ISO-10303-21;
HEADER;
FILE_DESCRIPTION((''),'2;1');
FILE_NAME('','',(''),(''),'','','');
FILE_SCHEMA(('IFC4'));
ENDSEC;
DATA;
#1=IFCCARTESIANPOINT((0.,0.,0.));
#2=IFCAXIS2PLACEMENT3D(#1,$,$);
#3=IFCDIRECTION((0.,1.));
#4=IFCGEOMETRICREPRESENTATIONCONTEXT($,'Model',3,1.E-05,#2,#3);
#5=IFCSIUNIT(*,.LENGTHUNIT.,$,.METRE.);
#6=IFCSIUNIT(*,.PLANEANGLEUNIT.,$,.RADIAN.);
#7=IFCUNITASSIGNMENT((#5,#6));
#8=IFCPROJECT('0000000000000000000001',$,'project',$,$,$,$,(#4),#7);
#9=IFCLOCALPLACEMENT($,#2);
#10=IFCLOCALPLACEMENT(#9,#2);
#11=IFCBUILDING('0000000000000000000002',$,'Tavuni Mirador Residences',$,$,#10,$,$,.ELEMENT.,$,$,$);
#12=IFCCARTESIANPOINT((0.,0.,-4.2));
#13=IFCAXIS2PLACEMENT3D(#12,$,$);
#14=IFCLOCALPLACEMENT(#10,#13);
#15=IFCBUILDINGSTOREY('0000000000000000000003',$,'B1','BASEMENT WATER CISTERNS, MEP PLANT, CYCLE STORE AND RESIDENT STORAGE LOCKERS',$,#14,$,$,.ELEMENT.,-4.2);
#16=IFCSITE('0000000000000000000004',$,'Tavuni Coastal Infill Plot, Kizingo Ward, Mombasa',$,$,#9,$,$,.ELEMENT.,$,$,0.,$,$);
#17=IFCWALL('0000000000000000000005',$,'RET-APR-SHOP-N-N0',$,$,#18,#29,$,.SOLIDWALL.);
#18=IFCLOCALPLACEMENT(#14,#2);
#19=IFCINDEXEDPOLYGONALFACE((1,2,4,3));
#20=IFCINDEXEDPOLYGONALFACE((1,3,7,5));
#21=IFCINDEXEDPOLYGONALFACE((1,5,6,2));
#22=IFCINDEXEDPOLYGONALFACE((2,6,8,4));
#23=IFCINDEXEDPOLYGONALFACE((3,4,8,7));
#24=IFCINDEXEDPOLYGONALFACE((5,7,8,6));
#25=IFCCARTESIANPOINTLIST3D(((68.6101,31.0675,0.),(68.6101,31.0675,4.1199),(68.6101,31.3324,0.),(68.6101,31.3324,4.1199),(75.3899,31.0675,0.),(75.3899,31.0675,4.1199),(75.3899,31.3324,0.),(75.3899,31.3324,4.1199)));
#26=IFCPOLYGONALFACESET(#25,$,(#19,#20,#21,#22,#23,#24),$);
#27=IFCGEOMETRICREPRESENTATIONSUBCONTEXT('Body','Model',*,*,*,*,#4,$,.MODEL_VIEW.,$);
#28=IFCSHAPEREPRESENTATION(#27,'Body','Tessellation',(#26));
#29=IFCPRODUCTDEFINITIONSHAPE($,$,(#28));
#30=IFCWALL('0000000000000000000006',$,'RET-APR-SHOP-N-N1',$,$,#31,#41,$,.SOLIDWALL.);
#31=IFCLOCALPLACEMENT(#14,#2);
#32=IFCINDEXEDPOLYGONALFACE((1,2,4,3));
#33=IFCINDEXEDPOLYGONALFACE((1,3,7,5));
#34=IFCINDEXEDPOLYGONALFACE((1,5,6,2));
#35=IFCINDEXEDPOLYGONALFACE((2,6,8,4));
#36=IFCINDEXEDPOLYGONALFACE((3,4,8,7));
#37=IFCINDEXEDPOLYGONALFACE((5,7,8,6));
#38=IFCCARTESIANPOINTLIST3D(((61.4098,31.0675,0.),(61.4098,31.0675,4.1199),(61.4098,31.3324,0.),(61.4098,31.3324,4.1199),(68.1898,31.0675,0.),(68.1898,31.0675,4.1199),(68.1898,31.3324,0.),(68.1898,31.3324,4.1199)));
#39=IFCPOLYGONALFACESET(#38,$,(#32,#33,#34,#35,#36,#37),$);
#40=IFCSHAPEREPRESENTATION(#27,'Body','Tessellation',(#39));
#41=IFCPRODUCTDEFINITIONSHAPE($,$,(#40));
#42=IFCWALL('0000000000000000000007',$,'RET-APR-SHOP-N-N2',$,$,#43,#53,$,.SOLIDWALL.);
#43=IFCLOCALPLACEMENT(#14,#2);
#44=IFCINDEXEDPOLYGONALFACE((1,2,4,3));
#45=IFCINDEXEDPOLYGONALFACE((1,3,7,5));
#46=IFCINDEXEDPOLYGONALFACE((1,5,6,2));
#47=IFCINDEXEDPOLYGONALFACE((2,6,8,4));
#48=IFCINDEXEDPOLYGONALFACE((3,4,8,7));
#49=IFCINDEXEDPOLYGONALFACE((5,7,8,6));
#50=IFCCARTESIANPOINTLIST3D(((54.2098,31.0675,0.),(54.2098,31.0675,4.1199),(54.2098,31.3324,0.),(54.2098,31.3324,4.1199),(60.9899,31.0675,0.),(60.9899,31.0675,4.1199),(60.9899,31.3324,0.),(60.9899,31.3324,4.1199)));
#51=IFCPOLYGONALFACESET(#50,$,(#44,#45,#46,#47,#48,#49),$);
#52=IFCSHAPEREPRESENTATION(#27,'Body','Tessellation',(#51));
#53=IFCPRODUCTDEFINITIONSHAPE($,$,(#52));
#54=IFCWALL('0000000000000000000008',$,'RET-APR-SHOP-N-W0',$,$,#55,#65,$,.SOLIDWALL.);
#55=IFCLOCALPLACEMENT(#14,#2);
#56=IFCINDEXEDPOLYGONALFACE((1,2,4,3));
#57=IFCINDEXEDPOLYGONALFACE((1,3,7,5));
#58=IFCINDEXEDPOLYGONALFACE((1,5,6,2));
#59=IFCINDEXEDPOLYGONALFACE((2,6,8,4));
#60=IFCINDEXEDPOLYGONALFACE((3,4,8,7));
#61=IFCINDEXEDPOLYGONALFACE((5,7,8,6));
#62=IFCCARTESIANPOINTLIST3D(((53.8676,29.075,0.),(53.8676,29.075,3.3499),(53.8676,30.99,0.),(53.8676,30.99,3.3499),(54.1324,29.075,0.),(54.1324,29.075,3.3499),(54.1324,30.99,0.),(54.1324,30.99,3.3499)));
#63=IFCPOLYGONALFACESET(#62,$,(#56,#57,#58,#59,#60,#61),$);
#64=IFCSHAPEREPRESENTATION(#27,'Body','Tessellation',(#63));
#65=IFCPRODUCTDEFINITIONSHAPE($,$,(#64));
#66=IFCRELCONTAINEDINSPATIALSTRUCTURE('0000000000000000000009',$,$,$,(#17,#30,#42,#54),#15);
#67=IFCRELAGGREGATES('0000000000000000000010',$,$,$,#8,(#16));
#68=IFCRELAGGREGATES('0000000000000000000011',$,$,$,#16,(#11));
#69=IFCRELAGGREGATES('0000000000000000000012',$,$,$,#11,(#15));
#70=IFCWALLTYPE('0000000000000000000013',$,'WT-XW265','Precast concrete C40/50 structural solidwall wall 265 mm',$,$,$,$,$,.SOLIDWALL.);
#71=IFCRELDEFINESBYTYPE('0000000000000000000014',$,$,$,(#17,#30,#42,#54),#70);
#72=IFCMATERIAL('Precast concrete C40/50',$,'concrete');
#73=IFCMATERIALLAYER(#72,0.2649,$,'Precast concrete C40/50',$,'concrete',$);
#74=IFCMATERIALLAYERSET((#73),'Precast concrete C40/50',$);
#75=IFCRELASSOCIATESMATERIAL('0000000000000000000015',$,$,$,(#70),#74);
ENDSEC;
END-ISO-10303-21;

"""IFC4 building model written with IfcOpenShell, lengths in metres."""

from ifc_helpers import new_model, si_unit, direction, frame, frame_2d, origin, place, context, subcontext, project, spatial, rectangle, extrude, material, layer, layer_set, type_object, element, save


model = new_model("IFC4")

# Units and contexts
model_context = context("Model", 3, precision=1e-05, world=origin(), true_north=direction((0.0, 1.0)))
body_context = subcontext(model_context, "Body", "Model", "MODEL_VIEW")
ifc_project = project(units=[si_unit("LENGTHUNIT", "METRE"), si_unit("PLANEANGLEUNIT", "RADIAN")], contexts=[model_context])

# Site, building, storey
site_placement = place(None, origin())
site = spatial("IfcSite", under=ifc_project, at=site_placement, Name="Tavuni Coastal Infill Plot, Kizingo Ward, Mombasa", CompositionType="ELEMENT", RefElevation=0.0)
building_placement = place(site_placement, origin())
building = spatial("IfcBuilding", under=site, at=building_placement, Name="Tavuni Mirador Residences", CompositionType="ELEMENT")
storey_placement = place(building_placement, frame((0.0, 0.0, -4.2)))
storey = spatial("IfcBuildingStorey", under=building, at=storey_placement, Name="B1", Description="BASEMENT WATER CISTERNS, MEP PLANT, CYCLE STORE AND RESIDENT STORAGE LOCKERS", CompositionType="ELEMENT", Elevation=-4.2)

# Shared definitions
ifc_material_1 = material(Name="Precast concrete C40/50", Category="concrete")

# Walls
ifc_layer_1 = layer(ifc_material_1, 0.2649, Name="Precast concrete C40/50", Category="concrete")
ifc_layer_set_1 = layer_set([ifc_layer_1], Name="Precast concrete C40/50")
wall_type_1 = type_object("IfcWallType", Name="WT-XW265", Description="Precast concrete C40/50 structural solidwall wall 265 mm", PredefinedType="SOLIDWALL", material=ifc_layer_set_1)
wall_1_placement = place(storey_placement, frame((75.3899, 31.2, 0.0), z_axis=(0.0, 0.0, 1.0), x_axis=(-1.0, 0.0, 0.0)))
element("IfcWall", 1, at=wall_1_placement, inside=storey, type_object=wall_type_1, Name="RET-APR-SHOP-N-N0", PredefinedType="SOLIDWALL", context=body_context, shape_type="SweptSolid", body=[
    extrude(rectangle(XDim=6.7798, YDim=0.2649, at=frame_2d((3.3899, 0.0))), origin(), (0.0, 0.0, 1.0), 4.1199),
])
for number, where, z_axis, x_axis, name in (
    (2, (68.1899, 31.2, 0.0), (0.0, 0.0, 1.0), (-1.0, 0.0, 0.0), "RET-APR-SHOP-N-N1"),
    (3, (60.99, 31.2, 0.0), (0.0, 0.0, 1.0), (-1.0, 0.0, 0.0), "RET-APR-SHOP-N-N2"),
):
    element("IfcWall", number, at=place(storey_placement, frame(where, z_axis=z_axis, x_axis=x_axis)), inside=storey, type_object=wall_type_1, Name=name, PredefinedType="SOLIDWALL", context=body_context, shape_type="SweptSolid", body=[
        extrude(rectangle(XDim=6.78, YDim=0.2649, at=frame_2d((3.3901, 0.0))), origin(), (0.0, 0.0, 1.0), 4.1199),
    ])
wall_2_placement = place(storey_placement, frame((54.0, 30.99, 0.0), z_axis=(0.0, 0.0, 1.0), x_axis=(0.0, -1.0, 0.0)))
element("IfcWall", 4, at=wall_2_placement, inside=storey, type_object=wall_type_1, Name="RET-APR-SHOP-N-W0", PredefinedType="SOLIDWALL", context=body_context, shape_type="SweptSolid", body=[
    extrude(rectangle(XDim=1.915, YDim=0.2649, at=frame_2d((0.9575, 0.0))), origin(), (0.0, 0.0, 1.0), 3.3499),
])

save(model, "model.ifc")
